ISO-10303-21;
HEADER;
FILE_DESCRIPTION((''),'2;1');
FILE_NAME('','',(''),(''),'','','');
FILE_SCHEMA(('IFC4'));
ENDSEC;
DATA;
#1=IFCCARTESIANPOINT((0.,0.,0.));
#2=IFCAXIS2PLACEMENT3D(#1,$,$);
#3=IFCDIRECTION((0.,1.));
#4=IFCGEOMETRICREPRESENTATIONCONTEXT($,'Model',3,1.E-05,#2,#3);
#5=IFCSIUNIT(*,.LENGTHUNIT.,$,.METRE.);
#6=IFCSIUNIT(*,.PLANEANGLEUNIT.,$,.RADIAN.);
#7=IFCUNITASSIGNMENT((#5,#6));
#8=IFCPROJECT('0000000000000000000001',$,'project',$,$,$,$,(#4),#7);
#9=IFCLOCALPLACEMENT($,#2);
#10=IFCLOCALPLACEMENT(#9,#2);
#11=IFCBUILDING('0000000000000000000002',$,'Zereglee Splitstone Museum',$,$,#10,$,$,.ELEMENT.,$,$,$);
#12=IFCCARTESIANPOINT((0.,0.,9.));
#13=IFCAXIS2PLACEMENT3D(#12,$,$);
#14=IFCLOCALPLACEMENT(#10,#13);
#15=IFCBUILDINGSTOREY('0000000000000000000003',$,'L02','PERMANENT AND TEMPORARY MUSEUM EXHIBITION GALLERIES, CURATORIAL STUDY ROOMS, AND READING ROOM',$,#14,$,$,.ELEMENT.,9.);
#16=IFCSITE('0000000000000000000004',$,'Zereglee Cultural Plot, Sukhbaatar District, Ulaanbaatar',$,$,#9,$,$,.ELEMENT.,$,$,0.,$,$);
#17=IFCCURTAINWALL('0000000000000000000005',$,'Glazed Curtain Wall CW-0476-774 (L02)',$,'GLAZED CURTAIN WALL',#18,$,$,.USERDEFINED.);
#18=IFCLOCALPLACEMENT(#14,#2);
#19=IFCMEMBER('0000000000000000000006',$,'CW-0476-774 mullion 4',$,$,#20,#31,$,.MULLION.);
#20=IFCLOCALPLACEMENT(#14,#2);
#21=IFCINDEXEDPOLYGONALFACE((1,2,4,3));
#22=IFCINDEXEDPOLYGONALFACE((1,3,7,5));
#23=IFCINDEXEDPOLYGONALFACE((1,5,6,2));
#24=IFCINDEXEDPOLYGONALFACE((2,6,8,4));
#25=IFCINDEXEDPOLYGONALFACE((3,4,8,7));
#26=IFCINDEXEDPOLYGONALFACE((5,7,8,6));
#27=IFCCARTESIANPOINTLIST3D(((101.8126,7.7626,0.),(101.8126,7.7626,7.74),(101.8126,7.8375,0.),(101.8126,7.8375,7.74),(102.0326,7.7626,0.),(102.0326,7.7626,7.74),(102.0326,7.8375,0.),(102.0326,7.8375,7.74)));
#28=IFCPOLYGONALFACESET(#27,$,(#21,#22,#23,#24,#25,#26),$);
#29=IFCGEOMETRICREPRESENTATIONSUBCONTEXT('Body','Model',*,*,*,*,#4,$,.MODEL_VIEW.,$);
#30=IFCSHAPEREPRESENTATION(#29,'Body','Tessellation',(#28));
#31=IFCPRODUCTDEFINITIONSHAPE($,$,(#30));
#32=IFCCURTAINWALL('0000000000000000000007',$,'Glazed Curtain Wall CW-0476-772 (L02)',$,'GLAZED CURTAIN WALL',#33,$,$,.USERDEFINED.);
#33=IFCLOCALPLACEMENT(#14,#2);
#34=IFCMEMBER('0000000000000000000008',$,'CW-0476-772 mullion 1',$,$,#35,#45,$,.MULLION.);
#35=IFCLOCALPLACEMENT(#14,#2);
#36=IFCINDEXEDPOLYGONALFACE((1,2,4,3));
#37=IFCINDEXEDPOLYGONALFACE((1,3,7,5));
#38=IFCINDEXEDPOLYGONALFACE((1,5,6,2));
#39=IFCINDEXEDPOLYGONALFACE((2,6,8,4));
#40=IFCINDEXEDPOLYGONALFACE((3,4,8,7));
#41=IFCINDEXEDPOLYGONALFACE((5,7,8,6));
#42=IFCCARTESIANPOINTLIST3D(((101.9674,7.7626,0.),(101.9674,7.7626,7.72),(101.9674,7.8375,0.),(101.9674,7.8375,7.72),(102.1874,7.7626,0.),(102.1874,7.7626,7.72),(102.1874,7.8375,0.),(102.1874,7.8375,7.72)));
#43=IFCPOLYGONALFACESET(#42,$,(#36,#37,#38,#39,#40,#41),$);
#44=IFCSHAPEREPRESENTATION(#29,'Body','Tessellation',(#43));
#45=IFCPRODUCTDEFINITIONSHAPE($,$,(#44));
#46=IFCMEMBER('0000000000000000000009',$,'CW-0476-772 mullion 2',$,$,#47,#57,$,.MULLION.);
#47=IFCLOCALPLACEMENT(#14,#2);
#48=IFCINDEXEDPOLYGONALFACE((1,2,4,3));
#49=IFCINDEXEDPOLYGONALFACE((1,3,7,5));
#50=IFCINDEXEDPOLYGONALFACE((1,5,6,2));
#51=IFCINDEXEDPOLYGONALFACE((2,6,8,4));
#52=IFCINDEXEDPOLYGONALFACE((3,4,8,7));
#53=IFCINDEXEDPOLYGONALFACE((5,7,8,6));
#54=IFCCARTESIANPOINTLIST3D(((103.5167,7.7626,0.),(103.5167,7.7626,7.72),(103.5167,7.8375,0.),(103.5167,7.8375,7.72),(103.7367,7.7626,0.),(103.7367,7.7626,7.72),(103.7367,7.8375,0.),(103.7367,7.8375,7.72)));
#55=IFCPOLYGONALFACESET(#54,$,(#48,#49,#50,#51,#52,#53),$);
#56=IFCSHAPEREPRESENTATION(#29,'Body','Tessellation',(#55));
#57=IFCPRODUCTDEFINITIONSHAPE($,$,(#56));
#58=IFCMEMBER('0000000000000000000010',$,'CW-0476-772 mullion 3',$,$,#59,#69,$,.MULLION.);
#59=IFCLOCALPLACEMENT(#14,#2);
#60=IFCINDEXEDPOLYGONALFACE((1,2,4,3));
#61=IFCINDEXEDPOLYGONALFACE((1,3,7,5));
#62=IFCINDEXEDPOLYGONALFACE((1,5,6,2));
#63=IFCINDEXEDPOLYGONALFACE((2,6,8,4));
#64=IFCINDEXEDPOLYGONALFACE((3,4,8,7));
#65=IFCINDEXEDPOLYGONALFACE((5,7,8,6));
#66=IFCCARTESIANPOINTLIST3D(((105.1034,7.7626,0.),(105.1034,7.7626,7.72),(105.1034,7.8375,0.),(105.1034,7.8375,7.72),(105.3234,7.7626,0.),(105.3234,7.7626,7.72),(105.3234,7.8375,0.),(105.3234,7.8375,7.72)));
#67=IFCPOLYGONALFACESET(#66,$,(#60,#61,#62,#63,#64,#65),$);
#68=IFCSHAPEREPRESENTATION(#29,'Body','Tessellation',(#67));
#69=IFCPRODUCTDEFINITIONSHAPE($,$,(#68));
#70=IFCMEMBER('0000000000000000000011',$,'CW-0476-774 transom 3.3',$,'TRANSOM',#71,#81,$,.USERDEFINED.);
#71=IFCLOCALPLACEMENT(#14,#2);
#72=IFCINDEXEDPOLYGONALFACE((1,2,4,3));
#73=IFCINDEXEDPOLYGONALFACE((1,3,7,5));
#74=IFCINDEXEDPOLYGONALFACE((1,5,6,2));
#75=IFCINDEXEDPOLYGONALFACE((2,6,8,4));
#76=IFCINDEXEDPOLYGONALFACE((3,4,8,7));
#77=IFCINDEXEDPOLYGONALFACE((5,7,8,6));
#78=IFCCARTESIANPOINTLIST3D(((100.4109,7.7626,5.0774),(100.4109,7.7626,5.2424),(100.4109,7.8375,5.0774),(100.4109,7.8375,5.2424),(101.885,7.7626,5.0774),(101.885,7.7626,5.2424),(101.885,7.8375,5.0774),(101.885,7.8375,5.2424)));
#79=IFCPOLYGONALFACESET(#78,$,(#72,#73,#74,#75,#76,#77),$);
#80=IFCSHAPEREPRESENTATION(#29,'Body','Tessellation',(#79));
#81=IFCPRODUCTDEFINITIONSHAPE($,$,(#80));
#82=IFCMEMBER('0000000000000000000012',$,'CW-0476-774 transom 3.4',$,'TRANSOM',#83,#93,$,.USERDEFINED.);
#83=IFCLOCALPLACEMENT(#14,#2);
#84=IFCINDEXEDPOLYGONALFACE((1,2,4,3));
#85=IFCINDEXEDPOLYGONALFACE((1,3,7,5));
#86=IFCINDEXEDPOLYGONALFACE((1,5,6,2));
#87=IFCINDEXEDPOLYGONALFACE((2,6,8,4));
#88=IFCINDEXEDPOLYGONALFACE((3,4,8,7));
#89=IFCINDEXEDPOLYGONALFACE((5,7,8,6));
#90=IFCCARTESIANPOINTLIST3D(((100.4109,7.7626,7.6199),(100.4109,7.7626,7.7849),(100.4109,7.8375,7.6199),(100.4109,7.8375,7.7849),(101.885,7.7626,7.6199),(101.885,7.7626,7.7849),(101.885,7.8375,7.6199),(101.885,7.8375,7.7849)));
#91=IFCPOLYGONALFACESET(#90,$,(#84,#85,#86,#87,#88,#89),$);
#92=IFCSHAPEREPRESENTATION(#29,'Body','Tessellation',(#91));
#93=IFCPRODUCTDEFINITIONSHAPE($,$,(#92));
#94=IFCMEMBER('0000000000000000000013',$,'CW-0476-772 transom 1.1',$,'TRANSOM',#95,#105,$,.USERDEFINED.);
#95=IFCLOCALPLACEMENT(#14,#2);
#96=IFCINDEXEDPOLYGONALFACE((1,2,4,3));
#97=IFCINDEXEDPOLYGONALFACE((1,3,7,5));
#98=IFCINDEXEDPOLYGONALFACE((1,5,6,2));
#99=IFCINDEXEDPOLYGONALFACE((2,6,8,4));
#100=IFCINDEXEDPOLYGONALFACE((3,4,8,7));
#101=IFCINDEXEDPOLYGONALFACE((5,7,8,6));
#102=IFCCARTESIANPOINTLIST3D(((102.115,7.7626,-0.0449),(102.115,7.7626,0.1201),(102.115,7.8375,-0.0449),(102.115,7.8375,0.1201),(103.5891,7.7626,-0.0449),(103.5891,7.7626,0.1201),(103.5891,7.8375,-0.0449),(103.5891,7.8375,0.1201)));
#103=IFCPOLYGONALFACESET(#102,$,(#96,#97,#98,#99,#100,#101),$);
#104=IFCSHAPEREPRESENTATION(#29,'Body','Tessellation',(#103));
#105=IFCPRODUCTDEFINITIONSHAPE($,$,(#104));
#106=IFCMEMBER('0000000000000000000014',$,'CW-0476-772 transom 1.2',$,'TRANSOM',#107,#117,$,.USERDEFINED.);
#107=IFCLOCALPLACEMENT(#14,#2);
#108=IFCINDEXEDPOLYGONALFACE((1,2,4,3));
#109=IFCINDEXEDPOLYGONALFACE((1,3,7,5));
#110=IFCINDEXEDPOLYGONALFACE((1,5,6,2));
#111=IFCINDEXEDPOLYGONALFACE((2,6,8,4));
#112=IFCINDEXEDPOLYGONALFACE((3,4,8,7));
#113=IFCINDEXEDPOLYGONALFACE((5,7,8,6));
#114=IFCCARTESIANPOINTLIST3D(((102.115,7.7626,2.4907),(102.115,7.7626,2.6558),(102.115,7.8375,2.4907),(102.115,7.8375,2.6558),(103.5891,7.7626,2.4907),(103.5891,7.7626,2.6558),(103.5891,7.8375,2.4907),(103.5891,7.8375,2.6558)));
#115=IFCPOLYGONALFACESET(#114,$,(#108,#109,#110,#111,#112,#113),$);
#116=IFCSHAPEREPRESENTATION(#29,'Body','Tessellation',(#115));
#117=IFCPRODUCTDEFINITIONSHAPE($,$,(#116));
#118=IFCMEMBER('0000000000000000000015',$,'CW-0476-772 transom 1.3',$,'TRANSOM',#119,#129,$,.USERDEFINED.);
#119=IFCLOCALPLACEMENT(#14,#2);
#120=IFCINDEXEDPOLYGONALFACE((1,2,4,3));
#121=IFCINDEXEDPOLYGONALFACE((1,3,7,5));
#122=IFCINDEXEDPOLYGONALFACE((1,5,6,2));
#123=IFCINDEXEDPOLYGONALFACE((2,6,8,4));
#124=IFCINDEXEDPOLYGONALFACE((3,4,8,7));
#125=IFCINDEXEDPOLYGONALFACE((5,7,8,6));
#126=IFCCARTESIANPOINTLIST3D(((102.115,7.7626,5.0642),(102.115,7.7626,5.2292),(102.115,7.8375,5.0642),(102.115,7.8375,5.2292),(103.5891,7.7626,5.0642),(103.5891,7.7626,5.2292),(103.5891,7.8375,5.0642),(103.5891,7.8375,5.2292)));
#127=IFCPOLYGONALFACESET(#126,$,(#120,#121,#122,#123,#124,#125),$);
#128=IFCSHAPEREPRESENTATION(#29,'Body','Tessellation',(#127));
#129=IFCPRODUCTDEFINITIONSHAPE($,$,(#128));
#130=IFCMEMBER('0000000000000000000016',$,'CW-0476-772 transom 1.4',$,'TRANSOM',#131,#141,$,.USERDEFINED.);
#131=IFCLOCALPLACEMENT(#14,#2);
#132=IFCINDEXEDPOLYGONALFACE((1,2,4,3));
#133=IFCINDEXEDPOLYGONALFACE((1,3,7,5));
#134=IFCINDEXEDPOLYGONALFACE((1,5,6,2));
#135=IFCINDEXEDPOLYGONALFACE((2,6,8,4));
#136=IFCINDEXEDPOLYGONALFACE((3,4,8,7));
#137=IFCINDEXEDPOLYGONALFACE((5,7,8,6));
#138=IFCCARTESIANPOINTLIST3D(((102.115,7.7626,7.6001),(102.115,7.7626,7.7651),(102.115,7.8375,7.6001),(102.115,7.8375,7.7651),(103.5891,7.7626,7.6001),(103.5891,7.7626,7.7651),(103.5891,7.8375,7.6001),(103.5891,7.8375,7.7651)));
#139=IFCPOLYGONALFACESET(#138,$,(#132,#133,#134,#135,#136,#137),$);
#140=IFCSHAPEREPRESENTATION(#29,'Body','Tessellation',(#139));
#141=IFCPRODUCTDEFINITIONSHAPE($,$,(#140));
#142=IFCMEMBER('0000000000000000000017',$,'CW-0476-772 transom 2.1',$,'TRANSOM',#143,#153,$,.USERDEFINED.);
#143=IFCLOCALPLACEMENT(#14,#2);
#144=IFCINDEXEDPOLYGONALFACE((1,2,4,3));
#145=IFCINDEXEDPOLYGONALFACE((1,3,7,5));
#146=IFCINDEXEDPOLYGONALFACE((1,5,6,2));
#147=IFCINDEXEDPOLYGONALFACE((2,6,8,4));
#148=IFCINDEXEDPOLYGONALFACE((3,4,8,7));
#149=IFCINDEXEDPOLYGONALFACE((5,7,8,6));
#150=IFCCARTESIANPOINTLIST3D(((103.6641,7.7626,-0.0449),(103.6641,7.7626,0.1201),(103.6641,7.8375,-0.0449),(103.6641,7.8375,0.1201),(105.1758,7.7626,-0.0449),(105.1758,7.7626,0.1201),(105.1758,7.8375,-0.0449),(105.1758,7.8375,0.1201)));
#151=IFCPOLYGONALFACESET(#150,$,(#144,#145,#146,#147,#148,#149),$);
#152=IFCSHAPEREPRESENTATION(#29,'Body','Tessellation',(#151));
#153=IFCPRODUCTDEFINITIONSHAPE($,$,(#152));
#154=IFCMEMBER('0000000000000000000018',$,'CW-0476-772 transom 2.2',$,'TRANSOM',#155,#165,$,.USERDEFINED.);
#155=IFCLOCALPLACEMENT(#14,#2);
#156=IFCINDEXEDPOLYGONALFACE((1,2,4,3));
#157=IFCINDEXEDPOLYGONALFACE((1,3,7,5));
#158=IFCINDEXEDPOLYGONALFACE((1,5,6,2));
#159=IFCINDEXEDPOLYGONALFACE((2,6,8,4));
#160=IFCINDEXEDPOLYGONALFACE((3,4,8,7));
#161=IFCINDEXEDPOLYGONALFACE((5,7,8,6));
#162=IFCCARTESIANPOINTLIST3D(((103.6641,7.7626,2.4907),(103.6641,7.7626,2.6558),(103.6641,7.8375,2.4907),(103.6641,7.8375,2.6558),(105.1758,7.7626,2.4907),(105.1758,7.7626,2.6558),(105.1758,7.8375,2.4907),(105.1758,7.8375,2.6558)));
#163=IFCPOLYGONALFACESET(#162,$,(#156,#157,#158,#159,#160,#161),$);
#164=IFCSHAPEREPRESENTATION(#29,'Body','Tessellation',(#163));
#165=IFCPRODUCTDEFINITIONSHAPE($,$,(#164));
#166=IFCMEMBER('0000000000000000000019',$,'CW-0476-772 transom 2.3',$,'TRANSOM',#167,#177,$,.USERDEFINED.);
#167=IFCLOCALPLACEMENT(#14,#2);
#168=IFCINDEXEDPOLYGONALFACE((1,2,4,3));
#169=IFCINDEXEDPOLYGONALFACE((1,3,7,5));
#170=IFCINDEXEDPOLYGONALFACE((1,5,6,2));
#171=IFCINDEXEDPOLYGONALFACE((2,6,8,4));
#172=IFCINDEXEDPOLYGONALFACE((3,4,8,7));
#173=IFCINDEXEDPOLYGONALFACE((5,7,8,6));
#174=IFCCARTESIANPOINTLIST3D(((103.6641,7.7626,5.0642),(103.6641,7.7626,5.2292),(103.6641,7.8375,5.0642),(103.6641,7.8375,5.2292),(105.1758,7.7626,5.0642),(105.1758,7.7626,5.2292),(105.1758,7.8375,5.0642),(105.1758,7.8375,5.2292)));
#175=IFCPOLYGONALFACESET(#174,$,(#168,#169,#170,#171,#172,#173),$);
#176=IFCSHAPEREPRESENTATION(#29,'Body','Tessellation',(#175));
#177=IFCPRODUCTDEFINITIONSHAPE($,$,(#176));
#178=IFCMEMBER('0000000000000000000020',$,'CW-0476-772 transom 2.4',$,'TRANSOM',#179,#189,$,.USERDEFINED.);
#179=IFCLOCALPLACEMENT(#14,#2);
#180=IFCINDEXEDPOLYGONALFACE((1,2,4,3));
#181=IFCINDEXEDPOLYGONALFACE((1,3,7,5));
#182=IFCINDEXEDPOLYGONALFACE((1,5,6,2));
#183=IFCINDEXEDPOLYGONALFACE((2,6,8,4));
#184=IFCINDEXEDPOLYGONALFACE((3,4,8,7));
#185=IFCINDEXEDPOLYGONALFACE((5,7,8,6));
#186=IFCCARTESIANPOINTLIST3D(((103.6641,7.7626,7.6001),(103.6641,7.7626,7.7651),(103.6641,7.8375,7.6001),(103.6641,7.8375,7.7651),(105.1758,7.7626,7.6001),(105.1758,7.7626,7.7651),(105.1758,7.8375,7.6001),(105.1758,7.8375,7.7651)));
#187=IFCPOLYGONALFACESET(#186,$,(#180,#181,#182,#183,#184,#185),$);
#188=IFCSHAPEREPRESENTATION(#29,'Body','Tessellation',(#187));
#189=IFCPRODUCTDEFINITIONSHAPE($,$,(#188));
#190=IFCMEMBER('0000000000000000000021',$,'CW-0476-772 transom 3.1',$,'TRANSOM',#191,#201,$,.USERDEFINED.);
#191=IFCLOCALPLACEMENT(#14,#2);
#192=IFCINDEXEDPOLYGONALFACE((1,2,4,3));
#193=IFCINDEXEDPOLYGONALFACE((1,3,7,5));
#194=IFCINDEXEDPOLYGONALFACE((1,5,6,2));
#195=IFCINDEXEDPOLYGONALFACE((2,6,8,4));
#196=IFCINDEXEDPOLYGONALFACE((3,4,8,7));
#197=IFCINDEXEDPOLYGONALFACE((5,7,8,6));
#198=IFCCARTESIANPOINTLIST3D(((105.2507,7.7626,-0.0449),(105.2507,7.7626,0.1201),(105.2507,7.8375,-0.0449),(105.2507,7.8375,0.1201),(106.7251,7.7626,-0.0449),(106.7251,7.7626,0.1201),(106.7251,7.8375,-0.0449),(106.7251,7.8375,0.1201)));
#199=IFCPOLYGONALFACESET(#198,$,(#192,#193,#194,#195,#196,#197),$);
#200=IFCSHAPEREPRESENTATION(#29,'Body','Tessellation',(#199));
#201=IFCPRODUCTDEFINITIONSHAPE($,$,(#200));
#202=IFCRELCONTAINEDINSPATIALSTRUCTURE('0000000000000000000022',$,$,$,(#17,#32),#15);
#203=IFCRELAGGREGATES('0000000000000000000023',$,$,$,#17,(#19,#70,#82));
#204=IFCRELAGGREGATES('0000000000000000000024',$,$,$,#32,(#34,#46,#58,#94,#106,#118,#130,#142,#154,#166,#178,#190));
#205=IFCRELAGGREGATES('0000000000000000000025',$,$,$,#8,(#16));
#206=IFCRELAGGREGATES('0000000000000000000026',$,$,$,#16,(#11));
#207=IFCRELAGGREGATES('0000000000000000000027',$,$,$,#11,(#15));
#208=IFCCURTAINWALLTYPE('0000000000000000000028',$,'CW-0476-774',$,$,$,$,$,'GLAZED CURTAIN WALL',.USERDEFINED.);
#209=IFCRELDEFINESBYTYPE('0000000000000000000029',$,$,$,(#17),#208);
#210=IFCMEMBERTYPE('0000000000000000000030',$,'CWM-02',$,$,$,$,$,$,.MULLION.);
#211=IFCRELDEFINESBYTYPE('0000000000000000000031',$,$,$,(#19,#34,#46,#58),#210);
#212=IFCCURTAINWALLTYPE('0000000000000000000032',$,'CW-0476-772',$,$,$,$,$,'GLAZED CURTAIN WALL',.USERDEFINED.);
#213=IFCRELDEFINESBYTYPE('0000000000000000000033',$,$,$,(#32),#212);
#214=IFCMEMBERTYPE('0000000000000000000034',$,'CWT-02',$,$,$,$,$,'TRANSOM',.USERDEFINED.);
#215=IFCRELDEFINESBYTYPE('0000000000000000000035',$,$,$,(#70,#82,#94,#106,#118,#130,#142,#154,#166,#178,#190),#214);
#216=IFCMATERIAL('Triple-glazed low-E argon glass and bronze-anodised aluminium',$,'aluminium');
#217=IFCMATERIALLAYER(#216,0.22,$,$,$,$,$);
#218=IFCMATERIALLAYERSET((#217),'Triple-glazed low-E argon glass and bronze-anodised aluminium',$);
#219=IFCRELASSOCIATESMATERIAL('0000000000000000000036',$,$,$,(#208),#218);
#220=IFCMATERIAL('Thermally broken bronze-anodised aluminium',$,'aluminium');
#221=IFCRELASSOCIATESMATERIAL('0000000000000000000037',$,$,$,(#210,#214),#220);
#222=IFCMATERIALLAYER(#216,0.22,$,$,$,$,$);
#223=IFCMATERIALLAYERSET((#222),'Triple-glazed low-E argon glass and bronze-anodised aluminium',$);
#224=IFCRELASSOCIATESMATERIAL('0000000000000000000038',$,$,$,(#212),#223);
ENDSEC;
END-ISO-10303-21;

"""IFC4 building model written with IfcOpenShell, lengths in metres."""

from ifc_helpers import new_model, si_unit, direction, frame, origin, origin_2d, place, context, subcontext, project, spatial, rectangle, extrude, material, layer, layer_set, material_profile, profile_set, type_object, element, aggregate, save


model = new_model("IFC4")

# Units and contexts
model_context = context("Model", 3, precision=1e-05, world=origin(), true_north=direction((0.0, 1.0)))
body_context = subcontext(model_context, "Body", "Model", "MODEL_VIEW")
ifc_project = project(units=[si_unit("LENGTHUNIT", "METRE"), si_unit("PLANEANGLEUNIT", "RADIAN")], contexts=[model_context])

# Site, building, storey
site_placement = place(None, origin())
site = spatial("IfcSite", under=ifc_project, at=site_placement, Name="Zereglee Cultural Plot, Sukhbaatar District, Ulaanbaatar", CompositionType="ELEMENT", RefElevation=0.0)
building_placement = place(site_placement, origin())
building = spatial("IfcBuilding", under=site, at=building_placement, Name="Zereglee Splitstone Museum", CompositionType="ELEMENT")
storey_placement = place(building_placement, frame((0.0, 0.0, 9.0)))
storey = spatial("IfcBuildingStorey", under=building, at=storey_placement, Name="L02", Description="PERMANENT AND TEMPORARY MUSEUM EXHIBITION GALLERIES, CURATORIAL STUDY ROOMS, AND READING ROOM", CompositionType="ELEMENT", Elevation=9.0)

# Curtain wall, member
ifc_material_1 = material(Name="Triple-glazed low-E argon glass and bronze-anodised aluminium", Category="aluminium")
ifc_layer_1 = layer(ifc_material_1, 0.22)
ifc_layer_set_1 = layer_set([ifc_layer_1], Name="Triple-glazed low-E argon glass and bronze-anodised aluminium")
curtain_wall_type_1 = type_object("IfcCurtainWallType", Name="CW-0476-774", ElementType="GLAZED CURTAIN WALL", PredefinedType="USERDEFINED", material=ifc_layer_set_1)
curtain_wall_1_placement = place(storey_placement, origin())
curtain_wall_1 = element("IfcCurtainWall", 1, at=curtain_wall_1_placement, inside=storey, type_object=curtain_wall_type_1, Name="Glazed Curtain Wall CW-0476-774 (L02)", ObjectType="GLAZED CURTAIN WALL", PredefinedType="USERDEFINED")
ifc_material_2 = material(Name="Thermally broken bronze-anodised aluminium", Category="aluminium")
ifc_material_profile_1 = material_profile(ifc_material_2, rectangle(XDim=0.075, YDim=0.22, at=origin_2d()), Name="CW MULL 75x220")
ifc_profile_set_1 = profile_set([ifc_material_profile_1], Name="Thermally broken bronze-anodised aluminium")
member_type_1 = type_object("IfcMemberType", Name="CWM-02", PredefinedType="MULLION", material=ifc_profile_set_1)
member_1_placement = place(storey_placement, frame((101.9226, 7.8, 0.0), z_axis=(0.0, 0.0, 1.0), x_axis=(0.0, 1.0, 0.0)))
member_1 = element("IfcMember", 2, at=member_1_placement, type_object=member_type_1, Name="CW-0476-774 mullion 4", PredefinedType="MULLION", context=body_context, shape_type="SweptSolid", body=[
    extrude(rectangle(XDim=0.075, YDim=0.22, at=origin_2d()), origin(), (0.0, 0.0, 1.0), 7.74),
])

# Curtain wall, members
ifc_layer_2 = layer(ifc_material_1, 0.22)
ifc_layer_set_2 = layer_set([ifc_layer_2], Name="Triple-glazed low-E argon glass and bronze-anodised aluminium")
curtain_wall_type_2 = type_object("IfcCurtainWallType", Name="CW-0476-772", ElementType="GLAZED CURTAIN WALL", PredefinedType="USERDEFINED", material=ifc_layer_set_2)
curtain_wall_2_placement = place(storey_placement, origin())
curtain_wall_2 = element("IfcCurtainWall", 3, at=curtain_wall_2_placement, inside=storey, type_object=curtain_wall_type_2, Name="Glazed Curtain Wall CW-0476-772 (L02)", ObjectType="GLAZED CURTAIN WALL", PredefinedType="USERDEFINED")
member_2_placement = place(storey_placement, frame((102.0774, 7.8, 0.0), z_axis=(0.0, 0.0, 1.0), x_axis=(0.0, 1.0, 0.0)))
member_2 = element("IfcMember", 4, at=member_2_placement, type_object=member_type_1, Name="CW-0476-772 mullion 1", PredefinedType="MULLION", context=body_context, shape_type="SweptSolid", body=[
    extrude(rectangle(XDim=0.075, YDim=0.22, at=origin_2d()), origin(), (0.0, 0.0, 1.0), 7.72),
])
member_3_placement = place(storey_placement, frame((103.6267, 7.8, 0.0), z_axis=(0.0, 0.0, 1.0), x_axis=(0.0, 1.0, 0.0)))
member_3 = element("IfcMember", 5, at=member_3_placement, type_object=member_type_1, Name="CW-0476-772 mullion 2", PredefinedType="MULLION", context=body_context, shape_type="SweptSolid", body=[
    extrude(rectangle(XDim=0.075, YDim=0.22, at=origin_2d()), origin(), (0.0, 0.0, 1.0), 7.72),
])
member_4_placement = place(storey_placement, frame((105.2134, 7.8, 0.0), z_axis=(0.0, 0.0, 1.0), x_axis=(0.0, 1.0, 0.0)))
member_4 = element("IfcMember", 6, at=member_4_placement, type_object=member_type_1, Name="CW-0476-772 mullion 3", PredefinedType="MULLION", context=body_context, shape_type="SweptSolid", body=[
    extrude(rectangle(XDim=0.075, YDim=0.22, at=origin_2d()), origin(), (0.0, 0.0, 1.0), 7.72),
])

# Members
ifc_material_profile_2 = material_profile(ifc_material_2, rectangle(XDim=0.075, YDim=0.165, at=origin_2d()), Name="CW TRAN 75x165")
ifc_profile_set_2 = profile_set([ifc_material_profile_2], Name="Thermally broken bronze-anodised aluminium")
member_type_2 = type_object("IfcMemberType", Name="CWT-02", ElementType="TRANSOM", PredefinedType="USERDEFINED", material=ifc_profile_set_2)
member_5_placement = place(storey_placement, frame((100.4109, 7.8, 5.1599), z_axis=(1.0, 0.0, 0.0), x_axis=(0.0, 1.0, 0.0)))
member_5 = element("IfcMember", 7, at=member_5_placement, type_object=member_type_2, Name="CW-0476-774 transom 3.3", ObjectType="TRANSOM", PredefinedType="USERDEFINED", context=body_context, shape_type="SweptSolid", body=[
    extrude(rectangle(XDim=0.075, YDim=0.165, at=origin_2d()), origin(), (0.0, 0.0, 1.0), 1.4741),
])
member_6_placement = place(storey_placement, frame((100.4109, 7.8, 7.7024), z_axis=(1.0, 0.0, 0.0), x_axis=(0.0, 1.0, 0.0)))
member_6 = element("IfcMember", 8, at=member_6_placement, type_object=member_type_2, Name="CW-0476-774 transom 3.4", ObjectType="TRANSOM", PredefinedType="USERDEFINED", context=body_context, shape_type="SweptSolid", body=[
    extrude(rectangle(XDim=0.075, YDim=0.165, at=origin_2d()), origin(), (0.0, 0.0, 1.0), 1.4741),
])
member_7_placement = place(storey_placement, frame((102.115, 7.8, 0.0376), z_axis=(1.0, 0.0, 0.0), x_axis=(0.0, 1.0, 0.0)))
member_7 = element("IfcMember", 9, at=member_7_placement, type_object=member_type_2, Name="CW-0476-772 transom 1.1", ObjectType="TRANSOM", PredefinedType="USERDEFINED", context=body_context, shape_type="SweptSolid", body=[
    extrude(rectangle(XDim=0.075, YDim=0.165, at=origin_2d()), origin(), (0.0, 0.0, 1.0), 1.4741),
])
member_8_placement = place(storey_placement, frame((102.115, 7.8, 2.5732), z_axis=(1.0, 0.0, 0.0), x_axis=(0.0, 1.0, 0.0)))
member_8 = element("IfcMember", 10, at=member_8_placement, type_object=member_type_2, Name="CW-0476-772 transom 1.2", ObjectType="TRANSOM", PredefinedType="USERDEFINED", context=body_context, shape_type="SweptSolid", body=[
    extrude(rectangle(XDim=0.075, YDim=0.165, at=origin_2d()), origin(), (0.0, 0.0, 1.0), 1.4741),
])
member_9_placement = place(storey_placement, frame((102.115, 7.8, 5.1467), z_axis=(1.0, 0.0, 0.0), x_axis=(0.0, 1.0, 0.0)))
member_9 = element("IfcMember", 11, at=member_9_placement, type_object=member_type_2, Name="CW-0476-772 transom 1.3", ObjectType="TRANSOM", PredefinedType="USERDEFINED", context=body_context, shape_type="SweptSolid", body=[
    extrude(rectangle(XDim=0.075, YDim=0.165, at=origin_2d()), origin(), (0.0, 0.0, 1.0), 1.4741),
])
member_10_placement = place(storey_placement, frame((102.115, 7.8, 7.6826), z_axis=(1.0, 0.0, 0.0), x_axis=(0.0, 1.0, 0.0)))
member_10 = element("IfcMember", 12, at=member_10_placement, type_object=member_type_2, Name="CW-0476-772 transom 1.4", ObjectType="TRANSOM", PredefinedType="USERDEFINED", context=body_context, shape_type="SweptSolid", body=[
    extrude(rectangle(XDim=0.075, YDim=0.165, at=origin_2d()), origin(), (0.0, 0.0, 1.0), 1.4741),
])
member_11_placement = place(storey_placement, frame((103.6641, 7.8, 0.0376), z_axis=(1.0, 0.0, 0.0), x_axis=(0.0, 1.0, 0.0)))
member_11 = element("IfcMember", 13, at=member_11_placement, type_object=member_type_2, Name="CW-0476-772 transom 2.1", ObjectType="TRANSOM", PredefinedType="USERDEFINED", context=body_context, shape_type="SweptSolid", body=[
    extrude(rectangle(XDim=0.075, YDim=0.165, at=origin_2d()), origin(), (0.0, 0.0, 1.0), 1.5117),
])
member_12_placement = place(storey_placement, frame((103.6641, 7.8, 2.5732), z_axis=(1.0, 0.0, 0.0), x_axis=(0.0, 1.0, 0.0)))
member_12 = element("IfcMember", 14, at=member_12_placement, type_object=member_type_2, Name="CW-0476-772 transom 2.2", ObjectType="TRANSOM", PredefinedType="USERDEFINED", context=body_context, shape_type="SweptSolid", body=[
    extrude(rectangle(XDim=0.075, YDim=0.165, at=origin_2d()), origin(), (0.0, 0.0, 1.0), 1.5117),
])
member_13_placement = place(storey_placement, frame((103.6641, 7.8, 5.1467), z_axis=(1.0, 0.0, 0.0), x_axis=(0.0, 1.0, 0.0)))
member_13 = element("IfcMember", 15, at=member_13_placement, type_object=member_type_2, Name="CW-0476-772 transom 2.3", ObjectType="TRANSOM", PredefinedType="USERDEFINED", context=body_context, shape_type="SweptSolid", body=[
    extrude(rectangle(XDim=0.075, YDim=0.165, at=origin_2d()), origin(), (0.0, 0.0, 1.0), 1.5117),
])
member_14_placement = place(storey_placement, frame((103.6641, 7.8, 7.6826), z_axis=(1.0, 0.0, 0.0), x_axis=(0.0, 1.0, 0.0)))
member_14 = element("IfcMember", 16, at=member_14_placement, type_object=member_type_2, Name="CW-0476-772 transom 2.4", ObjectType="TRANSOM", PredefinedType="USERDEFINED", context=body_context, shape_type="SweptSolid", body=[
    extrude(rectangle(XDim=0.075, YDim=0.165, at=origin_2d()), origin(), (0.0, 0.0, 1.0), 1.5117),
])
member_15_placement = place(storey_placement, frame((105.2507, 7.8, 0.0376), z_axis=(1.0, 0.0, 0.0), x_axis=(0.0, 1.0, 0.0)))
member_15 = element("IfcMember", 17, at=member_15_placement, type_object=member_type_2, Name="CW-0476-772 transom 3.1", ObjectType="TRANSOM", PredefinedType="USERDEFINED", context=body_context, shape_type="SweptSolid", body=[
    extrude(rectangle(XDim=0.075, YDim=0.165, at=origin_2d()), origin(), (0.0, 0.0, 1.0), 1.4744),
])

aggregate(curtain_wall_1, [member_1, member_5, member_6])
aggregate(curtain_wall_2, [member_2, member_3, member_4, member_7, member_8, member_9, member_10, member_11, member_12, member_13, member_14, member_15])

save(model, "model.ifc")
